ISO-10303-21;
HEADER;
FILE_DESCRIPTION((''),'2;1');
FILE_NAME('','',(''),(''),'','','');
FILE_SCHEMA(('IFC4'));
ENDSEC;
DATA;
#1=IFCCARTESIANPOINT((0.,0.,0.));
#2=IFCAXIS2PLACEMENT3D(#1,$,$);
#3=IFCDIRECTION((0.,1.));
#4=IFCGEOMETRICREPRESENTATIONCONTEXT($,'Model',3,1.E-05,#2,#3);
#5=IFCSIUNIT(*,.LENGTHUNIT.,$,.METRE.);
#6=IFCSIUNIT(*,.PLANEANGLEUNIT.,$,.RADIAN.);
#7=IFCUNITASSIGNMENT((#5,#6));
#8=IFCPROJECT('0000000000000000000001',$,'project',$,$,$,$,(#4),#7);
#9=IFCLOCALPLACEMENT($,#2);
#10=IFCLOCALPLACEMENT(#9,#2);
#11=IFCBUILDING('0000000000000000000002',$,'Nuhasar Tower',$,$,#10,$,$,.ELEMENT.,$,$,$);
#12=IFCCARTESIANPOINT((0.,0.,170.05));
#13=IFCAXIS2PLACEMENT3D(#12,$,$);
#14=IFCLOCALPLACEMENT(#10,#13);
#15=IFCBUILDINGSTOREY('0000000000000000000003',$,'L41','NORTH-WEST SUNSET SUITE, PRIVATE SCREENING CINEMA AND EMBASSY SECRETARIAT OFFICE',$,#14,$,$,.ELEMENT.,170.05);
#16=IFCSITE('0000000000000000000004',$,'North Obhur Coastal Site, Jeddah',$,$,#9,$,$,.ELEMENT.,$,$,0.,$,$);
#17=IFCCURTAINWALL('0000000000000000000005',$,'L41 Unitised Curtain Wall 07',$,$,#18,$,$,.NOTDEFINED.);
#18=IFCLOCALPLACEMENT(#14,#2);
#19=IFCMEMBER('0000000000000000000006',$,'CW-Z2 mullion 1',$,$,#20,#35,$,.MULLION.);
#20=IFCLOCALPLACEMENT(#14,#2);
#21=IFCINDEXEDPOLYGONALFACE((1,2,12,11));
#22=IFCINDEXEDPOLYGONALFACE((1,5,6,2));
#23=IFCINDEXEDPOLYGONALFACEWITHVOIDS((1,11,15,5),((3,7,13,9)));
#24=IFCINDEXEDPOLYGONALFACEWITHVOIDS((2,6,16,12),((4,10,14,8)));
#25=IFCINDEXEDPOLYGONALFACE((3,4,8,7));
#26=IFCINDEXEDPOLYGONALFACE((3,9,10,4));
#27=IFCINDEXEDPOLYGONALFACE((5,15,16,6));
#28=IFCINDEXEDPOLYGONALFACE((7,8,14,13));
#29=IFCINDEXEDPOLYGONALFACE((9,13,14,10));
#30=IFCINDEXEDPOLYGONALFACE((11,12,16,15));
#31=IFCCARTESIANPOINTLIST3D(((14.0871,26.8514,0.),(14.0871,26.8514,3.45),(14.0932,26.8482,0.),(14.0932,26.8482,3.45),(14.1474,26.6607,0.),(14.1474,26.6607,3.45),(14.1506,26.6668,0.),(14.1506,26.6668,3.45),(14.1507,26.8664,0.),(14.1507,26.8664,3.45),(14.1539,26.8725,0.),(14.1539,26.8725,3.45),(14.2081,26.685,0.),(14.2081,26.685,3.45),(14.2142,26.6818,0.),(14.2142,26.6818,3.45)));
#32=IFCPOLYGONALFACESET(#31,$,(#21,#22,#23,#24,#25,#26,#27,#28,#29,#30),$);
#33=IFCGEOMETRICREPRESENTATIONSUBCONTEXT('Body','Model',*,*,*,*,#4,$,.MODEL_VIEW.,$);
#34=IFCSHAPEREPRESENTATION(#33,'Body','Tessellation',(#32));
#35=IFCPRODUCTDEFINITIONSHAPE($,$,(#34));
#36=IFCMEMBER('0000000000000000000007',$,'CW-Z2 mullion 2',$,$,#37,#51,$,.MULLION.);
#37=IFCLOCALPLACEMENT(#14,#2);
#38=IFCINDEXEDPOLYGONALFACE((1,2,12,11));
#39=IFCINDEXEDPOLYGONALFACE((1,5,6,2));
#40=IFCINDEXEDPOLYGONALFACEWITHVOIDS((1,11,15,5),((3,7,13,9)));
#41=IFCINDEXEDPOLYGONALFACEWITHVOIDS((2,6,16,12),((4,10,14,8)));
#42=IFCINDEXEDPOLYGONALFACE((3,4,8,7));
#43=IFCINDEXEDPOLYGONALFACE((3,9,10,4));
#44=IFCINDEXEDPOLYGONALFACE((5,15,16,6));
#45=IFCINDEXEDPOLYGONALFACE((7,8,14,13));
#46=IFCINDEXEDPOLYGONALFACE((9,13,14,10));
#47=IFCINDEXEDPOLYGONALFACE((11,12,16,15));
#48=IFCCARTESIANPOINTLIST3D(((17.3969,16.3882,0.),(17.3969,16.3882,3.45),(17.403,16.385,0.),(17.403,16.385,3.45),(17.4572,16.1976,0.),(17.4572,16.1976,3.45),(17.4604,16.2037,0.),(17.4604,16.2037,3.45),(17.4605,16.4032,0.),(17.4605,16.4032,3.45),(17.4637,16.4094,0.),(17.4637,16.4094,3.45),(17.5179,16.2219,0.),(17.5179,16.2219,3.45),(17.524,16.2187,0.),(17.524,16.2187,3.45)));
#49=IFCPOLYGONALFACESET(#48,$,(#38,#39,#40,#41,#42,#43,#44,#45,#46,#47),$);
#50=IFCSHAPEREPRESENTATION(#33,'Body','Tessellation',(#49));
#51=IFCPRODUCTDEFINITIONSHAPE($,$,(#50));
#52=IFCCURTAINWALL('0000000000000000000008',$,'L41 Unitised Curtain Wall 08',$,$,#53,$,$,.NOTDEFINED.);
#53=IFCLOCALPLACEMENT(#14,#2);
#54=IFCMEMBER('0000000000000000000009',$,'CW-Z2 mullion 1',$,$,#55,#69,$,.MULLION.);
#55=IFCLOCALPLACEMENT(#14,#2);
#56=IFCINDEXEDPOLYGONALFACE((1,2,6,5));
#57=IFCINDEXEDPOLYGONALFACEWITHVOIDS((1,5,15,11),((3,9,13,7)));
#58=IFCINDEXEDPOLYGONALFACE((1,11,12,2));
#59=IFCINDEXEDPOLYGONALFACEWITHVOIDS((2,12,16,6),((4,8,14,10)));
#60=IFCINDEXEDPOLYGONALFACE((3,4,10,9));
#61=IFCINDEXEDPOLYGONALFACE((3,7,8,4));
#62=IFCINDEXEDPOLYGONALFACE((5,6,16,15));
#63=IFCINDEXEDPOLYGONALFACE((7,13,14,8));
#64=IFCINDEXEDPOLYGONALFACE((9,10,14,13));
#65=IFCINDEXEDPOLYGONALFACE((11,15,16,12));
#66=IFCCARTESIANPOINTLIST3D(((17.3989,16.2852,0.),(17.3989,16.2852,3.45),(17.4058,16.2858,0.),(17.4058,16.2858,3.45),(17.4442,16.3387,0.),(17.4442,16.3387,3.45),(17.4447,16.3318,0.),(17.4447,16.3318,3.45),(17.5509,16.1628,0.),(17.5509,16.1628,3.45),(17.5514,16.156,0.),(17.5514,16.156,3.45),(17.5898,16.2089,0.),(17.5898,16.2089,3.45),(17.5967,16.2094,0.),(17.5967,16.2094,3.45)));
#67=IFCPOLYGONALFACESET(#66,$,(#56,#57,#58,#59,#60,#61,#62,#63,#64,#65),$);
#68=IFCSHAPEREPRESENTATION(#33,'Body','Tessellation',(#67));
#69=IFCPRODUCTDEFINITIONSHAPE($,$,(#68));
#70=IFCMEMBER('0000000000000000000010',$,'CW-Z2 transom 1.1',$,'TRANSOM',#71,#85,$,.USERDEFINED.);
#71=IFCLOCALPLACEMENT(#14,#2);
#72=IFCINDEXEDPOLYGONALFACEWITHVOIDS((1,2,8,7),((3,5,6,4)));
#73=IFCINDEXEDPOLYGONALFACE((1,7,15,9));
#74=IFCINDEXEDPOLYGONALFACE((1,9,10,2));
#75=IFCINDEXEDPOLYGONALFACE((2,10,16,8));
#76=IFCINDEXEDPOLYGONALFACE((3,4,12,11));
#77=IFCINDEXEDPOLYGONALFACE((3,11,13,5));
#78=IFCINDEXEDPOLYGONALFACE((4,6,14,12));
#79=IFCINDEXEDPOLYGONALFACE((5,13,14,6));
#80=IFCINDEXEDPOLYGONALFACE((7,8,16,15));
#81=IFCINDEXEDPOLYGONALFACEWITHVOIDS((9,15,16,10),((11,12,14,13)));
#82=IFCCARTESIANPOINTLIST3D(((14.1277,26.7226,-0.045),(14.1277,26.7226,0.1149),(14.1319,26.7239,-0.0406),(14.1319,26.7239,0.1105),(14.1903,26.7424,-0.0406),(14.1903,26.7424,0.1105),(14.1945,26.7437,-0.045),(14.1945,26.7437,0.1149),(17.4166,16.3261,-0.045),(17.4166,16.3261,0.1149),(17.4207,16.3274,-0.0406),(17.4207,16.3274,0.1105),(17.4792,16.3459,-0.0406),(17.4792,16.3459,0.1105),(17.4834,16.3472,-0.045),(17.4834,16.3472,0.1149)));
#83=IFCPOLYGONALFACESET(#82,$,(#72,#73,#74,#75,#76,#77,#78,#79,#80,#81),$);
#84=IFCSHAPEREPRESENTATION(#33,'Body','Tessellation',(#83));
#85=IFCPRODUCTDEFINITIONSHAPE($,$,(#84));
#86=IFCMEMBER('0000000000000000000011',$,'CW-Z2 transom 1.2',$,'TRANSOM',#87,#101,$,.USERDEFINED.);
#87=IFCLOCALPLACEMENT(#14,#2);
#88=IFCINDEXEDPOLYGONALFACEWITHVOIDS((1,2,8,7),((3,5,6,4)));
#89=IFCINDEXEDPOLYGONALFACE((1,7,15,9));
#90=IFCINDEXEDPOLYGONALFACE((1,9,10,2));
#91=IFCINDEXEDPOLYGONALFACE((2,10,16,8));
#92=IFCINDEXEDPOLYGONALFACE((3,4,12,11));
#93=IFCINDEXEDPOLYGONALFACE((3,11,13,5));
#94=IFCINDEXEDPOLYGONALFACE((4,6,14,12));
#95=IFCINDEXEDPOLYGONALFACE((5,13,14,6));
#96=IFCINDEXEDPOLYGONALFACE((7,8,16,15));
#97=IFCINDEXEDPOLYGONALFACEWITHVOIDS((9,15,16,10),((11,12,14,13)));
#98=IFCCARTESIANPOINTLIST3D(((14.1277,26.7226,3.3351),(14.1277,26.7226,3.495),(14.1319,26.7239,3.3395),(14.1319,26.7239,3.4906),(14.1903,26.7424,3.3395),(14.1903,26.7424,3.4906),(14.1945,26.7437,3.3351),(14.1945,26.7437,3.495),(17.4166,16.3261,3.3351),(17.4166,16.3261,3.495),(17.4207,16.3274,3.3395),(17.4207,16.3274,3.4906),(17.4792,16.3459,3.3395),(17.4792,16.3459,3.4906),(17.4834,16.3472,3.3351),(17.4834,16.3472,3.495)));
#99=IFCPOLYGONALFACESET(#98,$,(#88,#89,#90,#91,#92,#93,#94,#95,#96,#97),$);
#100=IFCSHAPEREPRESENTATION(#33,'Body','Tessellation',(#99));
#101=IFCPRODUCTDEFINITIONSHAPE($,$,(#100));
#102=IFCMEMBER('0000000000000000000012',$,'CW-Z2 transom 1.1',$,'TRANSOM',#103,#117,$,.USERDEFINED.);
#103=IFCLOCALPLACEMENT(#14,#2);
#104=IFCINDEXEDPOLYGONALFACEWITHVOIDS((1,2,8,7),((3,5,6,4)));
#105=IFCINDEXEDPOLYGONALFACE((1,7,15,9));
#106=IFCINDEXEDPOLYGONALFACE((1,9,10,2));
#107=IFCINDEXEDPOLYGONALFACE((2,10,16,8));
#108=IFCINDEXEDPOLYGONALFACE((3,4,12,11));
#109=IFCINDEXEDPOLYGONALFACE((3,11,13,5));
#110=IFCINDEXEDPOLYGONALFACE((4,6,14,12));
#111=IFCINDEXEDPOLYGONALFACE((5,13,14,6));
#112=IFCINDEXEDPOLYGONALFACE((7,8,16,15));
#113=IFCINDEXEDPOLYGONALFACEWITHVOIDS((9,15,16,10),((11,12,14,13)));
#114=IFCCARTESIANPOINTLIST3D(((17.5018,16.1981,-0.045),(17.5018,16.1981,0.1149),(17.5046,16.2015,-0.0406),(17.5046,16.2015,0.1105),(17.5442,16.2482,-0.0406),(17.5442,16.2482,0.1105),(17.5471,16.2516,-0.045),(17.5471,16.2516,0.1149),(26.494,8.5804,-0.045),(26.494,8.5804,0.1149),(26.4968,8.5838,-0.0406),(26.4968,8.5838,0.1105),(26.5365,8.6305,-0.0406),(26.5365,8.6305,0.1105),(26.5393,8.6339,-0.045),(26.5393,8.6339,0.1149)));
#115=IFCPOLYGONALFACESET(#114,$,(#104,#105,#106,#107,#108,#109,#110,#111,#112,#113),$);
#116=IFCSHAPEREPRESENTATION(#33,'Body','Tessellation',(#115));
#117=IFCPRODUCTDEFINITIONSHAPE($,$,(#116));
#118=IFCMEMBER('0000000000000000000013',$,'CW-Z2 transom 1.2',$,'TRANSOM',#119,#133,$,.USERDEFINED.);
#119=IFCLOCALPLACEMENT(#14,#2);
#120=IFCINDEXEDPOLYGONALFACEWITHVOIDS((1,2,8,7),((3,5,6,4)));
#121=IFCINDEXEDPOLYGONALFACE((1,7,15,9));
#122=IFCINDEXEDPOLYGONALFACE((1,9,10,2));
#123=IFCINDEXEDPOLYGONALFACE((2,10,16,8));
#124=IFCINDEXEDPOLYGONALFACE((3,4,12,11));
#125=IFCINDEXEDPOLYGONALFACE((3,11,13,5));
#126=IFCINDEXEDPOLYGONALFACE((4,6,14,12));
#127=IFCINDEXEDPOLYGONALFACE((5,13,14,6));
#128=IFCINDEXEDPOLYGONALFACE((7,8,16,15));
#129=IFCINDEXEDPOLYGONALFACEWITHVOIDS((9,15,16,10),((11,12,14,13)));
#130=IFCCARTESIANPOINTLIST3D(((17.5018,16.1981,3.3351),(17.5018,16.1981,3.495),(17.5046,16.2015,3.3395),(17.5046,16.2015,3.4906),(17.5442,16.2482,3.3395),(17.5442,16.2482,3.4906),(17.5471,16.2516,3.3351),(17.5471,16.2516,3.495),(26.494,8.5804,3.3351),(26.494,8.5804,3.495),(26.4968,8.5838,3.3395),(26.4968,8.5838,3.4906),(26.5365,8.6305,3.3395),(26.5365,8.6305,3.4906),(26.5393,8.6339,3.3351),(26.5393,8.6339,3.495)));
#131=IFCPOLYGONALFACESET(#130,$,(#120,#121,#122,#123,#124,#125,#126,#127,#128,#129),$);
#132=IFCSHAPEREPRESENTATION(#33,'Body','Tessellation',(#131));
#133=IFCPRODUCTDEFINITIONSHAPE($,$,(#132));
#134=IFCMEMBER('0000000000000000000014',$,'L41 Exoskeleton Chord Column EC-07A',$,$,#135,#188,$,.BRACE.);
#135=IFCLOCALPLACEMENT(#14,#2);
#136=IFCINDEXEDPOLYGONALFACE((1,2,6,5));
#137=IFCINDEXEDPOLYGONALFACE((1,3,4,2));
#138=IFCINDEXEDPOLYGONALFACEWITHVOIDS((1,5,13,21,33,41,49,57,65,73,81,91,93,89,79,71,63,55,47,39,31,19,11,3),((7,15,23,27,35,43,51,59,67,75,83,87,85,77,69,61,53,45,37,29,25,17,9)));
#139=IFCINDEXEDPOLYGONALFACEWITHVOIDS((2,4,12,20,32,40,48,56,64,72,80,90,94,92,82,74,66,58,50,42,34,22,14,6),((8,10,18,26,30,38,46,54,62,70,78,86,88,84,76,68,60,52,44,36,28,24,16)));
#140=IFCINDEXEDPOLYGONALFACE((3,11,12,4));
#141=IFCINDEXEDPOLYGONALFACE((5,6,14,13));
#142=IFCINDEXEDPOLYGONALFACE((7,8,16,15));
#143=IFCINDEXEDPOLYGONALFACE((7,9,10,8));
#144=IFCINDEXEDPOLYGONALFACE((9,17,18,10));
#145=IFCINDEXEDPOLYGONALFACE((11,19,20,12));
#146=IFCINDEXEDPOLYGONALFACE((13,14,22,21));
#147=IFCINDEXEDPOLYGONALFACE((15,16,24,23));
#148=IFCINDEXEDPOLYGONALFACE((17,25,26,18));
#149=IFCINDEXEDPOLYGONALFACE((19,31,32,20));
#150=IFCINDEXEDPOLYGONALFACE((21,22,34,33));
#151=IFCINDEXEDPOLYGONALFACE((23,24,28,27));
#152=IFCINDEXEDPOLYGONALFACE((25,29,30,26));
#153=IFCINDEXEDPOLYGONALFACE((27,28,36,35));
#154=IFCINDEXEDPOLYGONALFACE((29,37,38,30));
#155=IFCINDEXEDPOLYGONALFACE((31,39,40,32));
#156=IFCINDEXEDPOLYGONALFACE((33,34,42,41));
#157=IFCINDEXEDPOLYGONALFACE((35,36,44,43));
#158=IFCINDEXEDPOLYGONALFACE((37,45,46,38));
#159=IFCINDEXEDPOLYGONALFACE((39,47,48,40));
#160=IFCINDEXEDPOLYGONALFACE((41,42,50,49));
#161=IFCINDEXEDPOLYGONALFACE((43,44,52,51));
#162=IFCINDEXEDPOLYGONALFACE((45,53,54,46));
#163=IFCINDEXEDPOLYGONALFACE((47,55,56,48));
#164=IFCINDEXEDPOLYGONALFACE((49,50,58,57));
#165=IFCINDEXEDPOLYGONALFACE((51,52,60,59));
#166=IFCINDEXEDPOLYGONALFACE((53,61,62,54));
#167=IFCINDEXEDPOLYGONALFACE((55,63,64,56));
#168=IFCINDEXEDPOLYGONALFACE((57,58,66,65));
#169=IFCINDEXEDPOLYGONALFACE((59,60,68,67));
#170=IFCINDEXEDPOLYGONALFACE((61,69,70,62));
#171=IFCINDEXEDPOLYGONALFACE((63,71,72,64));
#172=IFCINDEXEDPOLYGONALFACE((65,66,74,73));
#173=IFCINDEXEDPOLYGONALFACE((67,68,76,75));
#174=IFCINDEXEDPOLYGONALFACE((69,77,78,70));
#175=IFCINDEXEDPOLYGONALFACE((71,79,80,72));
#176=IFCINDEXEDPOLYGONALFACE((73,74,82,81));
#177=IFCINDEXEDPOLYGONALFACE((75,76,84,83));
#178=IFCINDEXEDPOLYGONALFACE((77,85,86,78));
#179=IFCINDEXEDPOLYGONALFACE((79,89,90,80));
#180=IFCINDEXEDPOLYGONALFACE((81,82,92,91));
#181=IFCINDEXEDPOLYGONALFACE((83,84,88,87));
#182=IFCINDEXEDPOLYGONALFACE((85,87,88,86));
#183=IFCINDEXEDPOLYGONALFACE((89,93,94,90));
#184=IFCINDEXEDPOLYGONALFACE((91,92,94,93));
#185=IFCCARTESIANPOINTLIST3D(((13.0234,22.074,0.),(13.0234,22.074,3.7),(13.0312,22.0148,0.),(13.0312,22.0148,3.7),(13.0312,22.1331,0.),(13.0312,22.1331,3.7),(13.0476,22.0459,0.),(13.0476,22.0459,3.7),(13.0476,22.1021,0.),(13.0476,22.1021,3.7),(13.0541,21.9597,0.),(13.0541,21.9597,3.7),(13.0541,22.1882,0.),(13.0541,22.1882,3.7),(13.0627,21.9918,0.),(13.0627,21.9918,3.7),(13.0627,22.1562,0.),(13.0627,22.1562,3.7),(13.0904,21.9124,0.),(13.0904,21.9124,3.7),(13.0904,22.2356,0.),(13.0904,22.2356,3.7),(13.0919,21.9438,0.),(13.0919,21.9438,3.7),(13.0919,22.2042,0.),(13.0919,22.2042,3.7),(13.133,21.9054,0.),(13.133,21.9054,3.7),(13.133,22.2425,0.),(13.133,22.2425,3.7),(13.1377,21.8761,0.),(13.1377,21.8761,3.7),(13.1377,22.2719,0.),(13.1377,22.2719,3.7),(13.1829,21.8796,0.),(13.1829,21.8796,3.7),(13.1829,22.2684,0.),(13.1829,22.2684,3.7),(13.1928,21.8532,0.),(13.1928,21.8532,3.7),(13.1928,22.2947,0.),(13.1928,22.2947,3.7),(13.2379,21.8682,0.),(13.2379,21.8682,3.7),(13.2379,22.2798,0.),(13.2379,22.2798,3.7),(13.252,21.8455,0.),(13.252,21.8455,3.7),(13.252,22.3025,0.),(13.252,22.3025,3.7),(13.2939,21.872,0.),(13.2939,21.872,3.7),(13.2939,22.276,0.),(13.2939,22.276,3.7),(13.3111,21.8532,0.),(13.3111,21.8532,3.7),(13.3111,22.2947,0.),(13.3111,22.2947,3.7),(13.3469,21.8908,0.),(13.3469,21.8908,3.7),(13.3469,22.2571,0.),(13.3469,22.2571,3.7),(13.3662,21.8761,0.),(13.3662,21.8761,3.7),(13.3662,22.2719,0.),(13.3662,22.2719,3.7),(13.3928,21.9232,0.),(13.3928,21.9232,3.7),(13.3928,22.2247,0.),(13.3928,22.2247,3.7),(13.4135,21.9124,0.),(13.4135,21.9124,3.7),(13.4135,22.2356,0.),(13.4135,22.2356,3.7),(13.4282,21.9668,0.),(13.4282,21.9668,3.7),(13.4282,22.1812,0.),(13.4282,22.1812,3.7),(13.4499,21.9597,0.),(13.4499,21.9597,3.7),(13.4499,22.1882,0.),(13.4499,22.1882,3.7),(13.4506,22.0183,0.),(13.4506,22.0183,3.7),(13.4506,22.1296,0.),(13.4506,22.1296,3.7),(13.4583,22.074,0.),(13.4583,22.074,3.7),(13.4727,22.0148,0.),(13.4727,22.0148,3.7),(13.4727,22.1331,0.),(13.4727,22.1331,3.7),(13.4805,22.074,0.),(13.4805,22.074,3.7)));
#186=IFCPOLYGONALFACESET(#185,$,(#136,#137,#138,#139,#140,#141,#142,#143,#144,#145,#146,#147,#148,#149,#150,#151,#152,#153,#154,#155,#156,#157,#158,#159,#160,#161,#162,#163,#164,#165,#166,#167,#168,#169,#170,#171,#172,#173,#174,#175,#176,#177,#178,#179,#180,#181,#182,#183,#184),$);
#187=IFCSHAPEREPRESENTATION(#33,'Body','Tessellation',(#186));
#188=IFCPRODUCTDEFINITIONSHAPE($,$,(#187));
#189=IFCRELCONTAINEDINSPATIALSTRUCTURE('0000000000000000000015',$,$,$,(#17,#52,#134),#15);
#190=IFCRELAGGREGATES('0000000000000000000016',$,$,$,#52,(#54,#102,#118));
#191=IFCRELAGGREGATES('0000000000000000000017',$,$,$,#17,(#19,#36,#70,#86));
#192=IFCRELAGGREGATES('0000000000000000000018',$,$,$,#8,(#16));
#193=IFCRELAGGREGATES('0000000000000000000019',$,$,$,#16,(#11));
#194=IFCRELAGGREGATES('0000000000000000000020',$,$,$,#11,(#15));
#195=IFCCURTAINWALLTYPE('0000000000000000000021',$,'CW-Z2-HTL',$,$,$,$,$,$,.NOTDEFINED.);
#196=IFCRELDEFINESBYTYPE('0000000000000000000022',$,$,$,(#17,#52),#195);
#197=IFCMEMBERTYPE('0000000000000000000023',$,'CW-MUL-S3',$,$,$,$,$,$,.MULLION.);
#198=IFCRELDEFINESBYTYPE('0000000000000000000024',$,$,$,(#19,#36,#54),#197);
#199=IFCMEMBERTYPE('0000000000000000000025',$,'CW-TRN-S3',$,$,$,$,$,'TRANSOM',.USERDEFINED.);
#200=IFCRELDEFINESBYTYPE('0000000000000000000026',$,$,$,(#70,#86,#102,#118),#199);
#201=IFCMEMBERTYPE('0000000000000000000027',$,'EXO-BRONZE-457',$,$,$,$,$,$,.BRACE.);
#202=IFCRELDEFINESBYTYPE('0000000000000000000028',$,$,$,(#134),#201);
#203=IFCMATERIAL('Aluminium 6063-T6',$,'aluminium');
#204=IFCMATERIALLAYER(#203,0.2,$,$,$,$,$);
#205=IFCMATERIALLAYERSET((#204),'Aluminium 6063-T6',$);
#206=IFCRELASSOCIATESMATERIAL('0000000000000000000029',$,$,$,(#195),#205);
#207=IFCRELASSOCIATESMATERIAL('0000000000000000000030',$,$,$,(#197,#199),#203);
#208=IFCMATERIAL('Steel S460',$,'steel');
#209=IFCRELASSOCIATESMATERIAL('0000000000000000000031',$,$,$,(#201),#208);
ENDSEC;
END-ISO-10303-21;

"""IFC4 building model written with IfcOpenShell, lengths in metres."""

from ifc_helpers import new_model, si_unit, direction, frame, origin, origin_2d, place, context, subcontext, project, spatial, hollow_rectangle, hollow_circle, extrude, material, layer, layer_set, material_profile, profile_set, type_object, element, aggregate, save


model = new_model("IFC4")

# Units and contexts
model_context = context("Model", 3, precision=1e-05, world=origin(), true_north=direction((0.0, 1.0)))
body_context = subcontext(model_context, "Body", "Model", "MODEL_VIEW")
ifc_project = project(units=[si_unit("LENGTHUNIT", "METRE"), si_unit("PLANEANGLEUNIT", "RADIAN")], contexts=[model_context])

# Site, building, storey
site_placement = place(None, origin())
site = spatial("IfcSite", under=ifc_project, at=site_placement, Name="North Obhur Coastal Site, Jeddah", CompositionType="ELEMENT", RefElevation=0.0)
building_placement = place(site_placement, origin())
building = spatial("IfcBuilding", under=site, at=building_placement, Name="Nuhasar Tower", CompositionType="ELEMENT")
storey_placement = place(building_placement, frame((0.0, 0.0, 170.05)))
storey = spatial("IfcBuildingStorey", under=building, at=storey_placement, Name="L41", Description="NORTH-WEST SUNSET SUITE, PRIVATE SCREENING CINEMA AND EMBASSY SECRETARIAT OFFICE", CompositionType="ELEMENT", Elevation=170.05)

# Curtain wall, members
ifc_material_1 = material(Name="Aluminium 6063-T6", Category="aluminium")
ifc_layer_1 = layer(ifc_material_1, 0.2)
ifc_layer_set_1 = layer_set([ifc_layer_1], Name="Aluminium 6063-T6")
curtain_wall_type = type_object("IfcCurtainWallType", Name="CW-Z2-HTL", PredefinedType="NOTDEFINED", material=ifc_layer_set_1)
curtain_wall_1_placement = place(storey_placement, origin())
curtain_wall_1 = element("IfcCurtainWall", 1, at=curtain_wall_1_placement, inside=storey, type_object=curtain_wall_type, Name="L41 Unitised Curtain Wall 07", PredefinedType="NOTDEFINED")
ifc_material_profile_1 = material_profile(ifc_material_1, hollow_rectangle(XDim=0.0701, YDim=0.2, WallThickness=0.0049, at=origin_2d()), Name="CWM-3")
ifc_profile_set_1 = profile_set([ifc_material_profile_1], Name="Aluminium 6063-T6")
member_type_1 = type_object("IfcMemberType", Name="CW-MUL-S3", PredefinedType="MULLION", material=ifc_profile_set_1)
member_1_placement = place(storey_placement, frame((14.1506, 26.7666, 0.0), z_axis=(0.0, 0.0, 1.0), x_axis=(0.953433, 0.301604, 0.0)))
member_1 = element("IfcMember", 2, at=member_1_placement, type_object=member_type_1, Name="CW-Z2 mullion 1", PredefinedType="MULLION", context=body_context, shape_type="SweptSolid", body=[
    extrude(hollow_rectangle(XDim=0.0701, YDim=0.2, WallThickness=0.0049, at=origin_2d()), origin(), (0.0, 0.0, 1.0), 3.45),
])
member_2_placement = place(storey_placement, frame((17.4604, 16.3035, 0.0), z_axis=(0.0, 0.0, 1.0), x_axis=(0.953433, 0.301604, 0.0)))
member_2 = element("IfcMember", 3, at=member_2_placement, type_object=member_type_1, Name="CW-Z2 mullion 2", PredefinedType="MULLION", context=body_context, shape_type="SweptSolid", body=[
    extrude(hollow_rectangle(XDim=0.0701, YDim=0.2, WallThickness=0.0049, at=origin_2d()), origin(), (0.0, 0.0, 1.0), 3.45),
])

# Curtain wall, member
curtain_wall_2_placement = place(storey_placement, origin())
curtain_wall_2 = element("IfcCurtainWall", 4, at=curtain_wall_2_placement, inside=storey, type_object=curtain_wall_type, Name="L41 Unitised Curtain Wall 08", PredefinedType="NOTDEFINED")
member_3_placement = place(storey_placement, frame((17.4978, 16.2473, 0.0), z_axis=(0.0, 0.0, 1.0), x_axis=(0.646374, 0.76302, 0.0)))
member_3 = element("IfcMember", 5, at=member_3_placement, type_object=member_type_1, Name="CW-Z2 mullion 1", PredefinedType="MULLION", context=body_context, shape_type="SweptSolid", body=[
    extrude(hollow_rectangle(XDim=0.0701, YDim=0.2, WallThickness=0.0049, at=origin_2d()), origin(), (0.0, 0.0, 1.0), 3.45),
])

# Members
ifc_material_profile_2 = material_profile(ifc_material_1, hollow_rectangle(XDim=0.0701, YDim=0.1599, WallThickness=0.0044, at=origin_2d()), Name="CWT-3")
ifc_profile_set_2 = profile_set([ifc_material_profile_2], Name="Aluminium 6063-T6")
member_type_2 = type_object("IfcMemberType", Name="CW-TRN-S3", ElementType="TRANSOM", PredefinedType="USERDEFINED", material=ifc_profile_set_2)
member_4_placement = place(storey_placement, frame((14.1611, 26.7332, 0.0349), z_axis=(0.301608, -0.953432, 0.0), x_axis=(0.953432, 0.301608, 0.0)))
member_4 = element("IfcMember", 6, at=member_4_placement, type_object=member_type_2, Name="CW-Z2 transom 1.1", ObjectType="TRANSOM", PredefinedType="USERDEFINED", context=body_context, shape_type="SweptSolid", body=[
    extrude(hollow_rectangle(XDim=0.0701, YDim=0.1599, WallThickness=0.0044, at=origin_2d()), origin(), (0.0, 0.0, 1.0), 10.9043),
])
member_5_placement = place(storey_placement, frame((14.1611, 26.7332, 3.415), z_axis=(0.301608, -0.953432, 0.0), x_axis=(0.953432, 0.301608, 0.0)))
member_5 = element("IfcMember", 7, at=member_5_placement, type_object=member_type_2, Name="CW-Z2 transom 1.2", ObjectType="TRANSOM", PredefinedType="USERDEFINED", context=body_context, shape_type="SweptSolid", body=[
    extrude(hollow_rectangle(XDim=0.0701, YDim=0.1599, WallThickness=0.0044, at=origin_2d()), origin(), (0.0, 0.0, 1.0), 10.9043),
])
member_6_placement = place(storey_placement, frame((17.5244, 16.2249, 0.0349), z_axis=(0.763014, -0.646382, 0.0), x_axis=(0.646382, 0.763014, 0.0)))
member_6 = element("IfcMember", 8, at=member_6_placement, type_object=member_type_2, Name="CW-Z2 transom 1.1", ObjectType="TRANSOM", PredefinedType="USERDEFINED", context=body_context, shape_type="SweptSolid", body=[
    extrude(hollow_rectangle(XDim=0.0701, YDim=0.1599, WallThickness=0.0044, at=origin_2d()), origin(), (0.0, 0.0, 1.0), 11.7852),
])
member_7_placement = place(storey_placement, frame((17.5244, 16.2249, 3.415), z_axis=(0.763014, -0.646382, 0.0), x_axis=(0.646382, 0.763014, 0.0)))
member_7 = element("IfcMember", 9, at=member_7_placement, type_object=member_type_2, Name="CW-Z2 transom 1.2", ObjectType="TRANSOM", PredefinedType="USERDEFINED", context=body_context, shape_type="SweptSolid", body=[
    extrude(hollow_rectangle(XDim=0.0701, YDim=0.1599, WallThickness=0.0044, at=origin_2d()), origin(), (0.0, 0.0, 1.0), 11.7852),
])
aggregate(curtain_wall_2, [member_3, member_6, member_7])

# Member
ifc_material_2 = material(Name="Steel S460", Category="steel")
ifc_material_profile_3 = material_profile(ifc_material_2, hollow_circle(Radius=0.2285, WallThickness=0.0222, at=origin_2d()), Name="HSS457X22.2")
ifc_profile_set_3 = profile_set([ifc_material_profile_3], Name="Steel S460")
member_type_3 = type_object("IfcMemberType", Name="EXO-BRONZE-457", PredefinedType="BRACE", material=ifc_profile_set_3)
for number, where, z_axis, x_axis, name in (
    (10, (13.252, 22.074, 0.0), (0.0, 0.0, 1.0), (1.0, 0.0, 0.0), "L41 Exoskeleton Chord Column EC-07A"),
):
    element("IfcMember", number, at=place(storey_placement, frame(where, z_axis=z_axis, x_axis=x_axis)), inside=storey, type_object=member_type_3, Name=name, PredefinedType="BRACE", context=body_context, shape_type="SweptSolid", body=[
        extrude(hollow_circle(Radius=0.2285, WallThickness=0.0222, at=origin_2d()), origin(), (0.0, 0.0, 1.0), 3.7),
    ])

aggregate(curtain_wall_1, [member_1, member_2, member_4, member_5])

save(model, "model.ifc")
